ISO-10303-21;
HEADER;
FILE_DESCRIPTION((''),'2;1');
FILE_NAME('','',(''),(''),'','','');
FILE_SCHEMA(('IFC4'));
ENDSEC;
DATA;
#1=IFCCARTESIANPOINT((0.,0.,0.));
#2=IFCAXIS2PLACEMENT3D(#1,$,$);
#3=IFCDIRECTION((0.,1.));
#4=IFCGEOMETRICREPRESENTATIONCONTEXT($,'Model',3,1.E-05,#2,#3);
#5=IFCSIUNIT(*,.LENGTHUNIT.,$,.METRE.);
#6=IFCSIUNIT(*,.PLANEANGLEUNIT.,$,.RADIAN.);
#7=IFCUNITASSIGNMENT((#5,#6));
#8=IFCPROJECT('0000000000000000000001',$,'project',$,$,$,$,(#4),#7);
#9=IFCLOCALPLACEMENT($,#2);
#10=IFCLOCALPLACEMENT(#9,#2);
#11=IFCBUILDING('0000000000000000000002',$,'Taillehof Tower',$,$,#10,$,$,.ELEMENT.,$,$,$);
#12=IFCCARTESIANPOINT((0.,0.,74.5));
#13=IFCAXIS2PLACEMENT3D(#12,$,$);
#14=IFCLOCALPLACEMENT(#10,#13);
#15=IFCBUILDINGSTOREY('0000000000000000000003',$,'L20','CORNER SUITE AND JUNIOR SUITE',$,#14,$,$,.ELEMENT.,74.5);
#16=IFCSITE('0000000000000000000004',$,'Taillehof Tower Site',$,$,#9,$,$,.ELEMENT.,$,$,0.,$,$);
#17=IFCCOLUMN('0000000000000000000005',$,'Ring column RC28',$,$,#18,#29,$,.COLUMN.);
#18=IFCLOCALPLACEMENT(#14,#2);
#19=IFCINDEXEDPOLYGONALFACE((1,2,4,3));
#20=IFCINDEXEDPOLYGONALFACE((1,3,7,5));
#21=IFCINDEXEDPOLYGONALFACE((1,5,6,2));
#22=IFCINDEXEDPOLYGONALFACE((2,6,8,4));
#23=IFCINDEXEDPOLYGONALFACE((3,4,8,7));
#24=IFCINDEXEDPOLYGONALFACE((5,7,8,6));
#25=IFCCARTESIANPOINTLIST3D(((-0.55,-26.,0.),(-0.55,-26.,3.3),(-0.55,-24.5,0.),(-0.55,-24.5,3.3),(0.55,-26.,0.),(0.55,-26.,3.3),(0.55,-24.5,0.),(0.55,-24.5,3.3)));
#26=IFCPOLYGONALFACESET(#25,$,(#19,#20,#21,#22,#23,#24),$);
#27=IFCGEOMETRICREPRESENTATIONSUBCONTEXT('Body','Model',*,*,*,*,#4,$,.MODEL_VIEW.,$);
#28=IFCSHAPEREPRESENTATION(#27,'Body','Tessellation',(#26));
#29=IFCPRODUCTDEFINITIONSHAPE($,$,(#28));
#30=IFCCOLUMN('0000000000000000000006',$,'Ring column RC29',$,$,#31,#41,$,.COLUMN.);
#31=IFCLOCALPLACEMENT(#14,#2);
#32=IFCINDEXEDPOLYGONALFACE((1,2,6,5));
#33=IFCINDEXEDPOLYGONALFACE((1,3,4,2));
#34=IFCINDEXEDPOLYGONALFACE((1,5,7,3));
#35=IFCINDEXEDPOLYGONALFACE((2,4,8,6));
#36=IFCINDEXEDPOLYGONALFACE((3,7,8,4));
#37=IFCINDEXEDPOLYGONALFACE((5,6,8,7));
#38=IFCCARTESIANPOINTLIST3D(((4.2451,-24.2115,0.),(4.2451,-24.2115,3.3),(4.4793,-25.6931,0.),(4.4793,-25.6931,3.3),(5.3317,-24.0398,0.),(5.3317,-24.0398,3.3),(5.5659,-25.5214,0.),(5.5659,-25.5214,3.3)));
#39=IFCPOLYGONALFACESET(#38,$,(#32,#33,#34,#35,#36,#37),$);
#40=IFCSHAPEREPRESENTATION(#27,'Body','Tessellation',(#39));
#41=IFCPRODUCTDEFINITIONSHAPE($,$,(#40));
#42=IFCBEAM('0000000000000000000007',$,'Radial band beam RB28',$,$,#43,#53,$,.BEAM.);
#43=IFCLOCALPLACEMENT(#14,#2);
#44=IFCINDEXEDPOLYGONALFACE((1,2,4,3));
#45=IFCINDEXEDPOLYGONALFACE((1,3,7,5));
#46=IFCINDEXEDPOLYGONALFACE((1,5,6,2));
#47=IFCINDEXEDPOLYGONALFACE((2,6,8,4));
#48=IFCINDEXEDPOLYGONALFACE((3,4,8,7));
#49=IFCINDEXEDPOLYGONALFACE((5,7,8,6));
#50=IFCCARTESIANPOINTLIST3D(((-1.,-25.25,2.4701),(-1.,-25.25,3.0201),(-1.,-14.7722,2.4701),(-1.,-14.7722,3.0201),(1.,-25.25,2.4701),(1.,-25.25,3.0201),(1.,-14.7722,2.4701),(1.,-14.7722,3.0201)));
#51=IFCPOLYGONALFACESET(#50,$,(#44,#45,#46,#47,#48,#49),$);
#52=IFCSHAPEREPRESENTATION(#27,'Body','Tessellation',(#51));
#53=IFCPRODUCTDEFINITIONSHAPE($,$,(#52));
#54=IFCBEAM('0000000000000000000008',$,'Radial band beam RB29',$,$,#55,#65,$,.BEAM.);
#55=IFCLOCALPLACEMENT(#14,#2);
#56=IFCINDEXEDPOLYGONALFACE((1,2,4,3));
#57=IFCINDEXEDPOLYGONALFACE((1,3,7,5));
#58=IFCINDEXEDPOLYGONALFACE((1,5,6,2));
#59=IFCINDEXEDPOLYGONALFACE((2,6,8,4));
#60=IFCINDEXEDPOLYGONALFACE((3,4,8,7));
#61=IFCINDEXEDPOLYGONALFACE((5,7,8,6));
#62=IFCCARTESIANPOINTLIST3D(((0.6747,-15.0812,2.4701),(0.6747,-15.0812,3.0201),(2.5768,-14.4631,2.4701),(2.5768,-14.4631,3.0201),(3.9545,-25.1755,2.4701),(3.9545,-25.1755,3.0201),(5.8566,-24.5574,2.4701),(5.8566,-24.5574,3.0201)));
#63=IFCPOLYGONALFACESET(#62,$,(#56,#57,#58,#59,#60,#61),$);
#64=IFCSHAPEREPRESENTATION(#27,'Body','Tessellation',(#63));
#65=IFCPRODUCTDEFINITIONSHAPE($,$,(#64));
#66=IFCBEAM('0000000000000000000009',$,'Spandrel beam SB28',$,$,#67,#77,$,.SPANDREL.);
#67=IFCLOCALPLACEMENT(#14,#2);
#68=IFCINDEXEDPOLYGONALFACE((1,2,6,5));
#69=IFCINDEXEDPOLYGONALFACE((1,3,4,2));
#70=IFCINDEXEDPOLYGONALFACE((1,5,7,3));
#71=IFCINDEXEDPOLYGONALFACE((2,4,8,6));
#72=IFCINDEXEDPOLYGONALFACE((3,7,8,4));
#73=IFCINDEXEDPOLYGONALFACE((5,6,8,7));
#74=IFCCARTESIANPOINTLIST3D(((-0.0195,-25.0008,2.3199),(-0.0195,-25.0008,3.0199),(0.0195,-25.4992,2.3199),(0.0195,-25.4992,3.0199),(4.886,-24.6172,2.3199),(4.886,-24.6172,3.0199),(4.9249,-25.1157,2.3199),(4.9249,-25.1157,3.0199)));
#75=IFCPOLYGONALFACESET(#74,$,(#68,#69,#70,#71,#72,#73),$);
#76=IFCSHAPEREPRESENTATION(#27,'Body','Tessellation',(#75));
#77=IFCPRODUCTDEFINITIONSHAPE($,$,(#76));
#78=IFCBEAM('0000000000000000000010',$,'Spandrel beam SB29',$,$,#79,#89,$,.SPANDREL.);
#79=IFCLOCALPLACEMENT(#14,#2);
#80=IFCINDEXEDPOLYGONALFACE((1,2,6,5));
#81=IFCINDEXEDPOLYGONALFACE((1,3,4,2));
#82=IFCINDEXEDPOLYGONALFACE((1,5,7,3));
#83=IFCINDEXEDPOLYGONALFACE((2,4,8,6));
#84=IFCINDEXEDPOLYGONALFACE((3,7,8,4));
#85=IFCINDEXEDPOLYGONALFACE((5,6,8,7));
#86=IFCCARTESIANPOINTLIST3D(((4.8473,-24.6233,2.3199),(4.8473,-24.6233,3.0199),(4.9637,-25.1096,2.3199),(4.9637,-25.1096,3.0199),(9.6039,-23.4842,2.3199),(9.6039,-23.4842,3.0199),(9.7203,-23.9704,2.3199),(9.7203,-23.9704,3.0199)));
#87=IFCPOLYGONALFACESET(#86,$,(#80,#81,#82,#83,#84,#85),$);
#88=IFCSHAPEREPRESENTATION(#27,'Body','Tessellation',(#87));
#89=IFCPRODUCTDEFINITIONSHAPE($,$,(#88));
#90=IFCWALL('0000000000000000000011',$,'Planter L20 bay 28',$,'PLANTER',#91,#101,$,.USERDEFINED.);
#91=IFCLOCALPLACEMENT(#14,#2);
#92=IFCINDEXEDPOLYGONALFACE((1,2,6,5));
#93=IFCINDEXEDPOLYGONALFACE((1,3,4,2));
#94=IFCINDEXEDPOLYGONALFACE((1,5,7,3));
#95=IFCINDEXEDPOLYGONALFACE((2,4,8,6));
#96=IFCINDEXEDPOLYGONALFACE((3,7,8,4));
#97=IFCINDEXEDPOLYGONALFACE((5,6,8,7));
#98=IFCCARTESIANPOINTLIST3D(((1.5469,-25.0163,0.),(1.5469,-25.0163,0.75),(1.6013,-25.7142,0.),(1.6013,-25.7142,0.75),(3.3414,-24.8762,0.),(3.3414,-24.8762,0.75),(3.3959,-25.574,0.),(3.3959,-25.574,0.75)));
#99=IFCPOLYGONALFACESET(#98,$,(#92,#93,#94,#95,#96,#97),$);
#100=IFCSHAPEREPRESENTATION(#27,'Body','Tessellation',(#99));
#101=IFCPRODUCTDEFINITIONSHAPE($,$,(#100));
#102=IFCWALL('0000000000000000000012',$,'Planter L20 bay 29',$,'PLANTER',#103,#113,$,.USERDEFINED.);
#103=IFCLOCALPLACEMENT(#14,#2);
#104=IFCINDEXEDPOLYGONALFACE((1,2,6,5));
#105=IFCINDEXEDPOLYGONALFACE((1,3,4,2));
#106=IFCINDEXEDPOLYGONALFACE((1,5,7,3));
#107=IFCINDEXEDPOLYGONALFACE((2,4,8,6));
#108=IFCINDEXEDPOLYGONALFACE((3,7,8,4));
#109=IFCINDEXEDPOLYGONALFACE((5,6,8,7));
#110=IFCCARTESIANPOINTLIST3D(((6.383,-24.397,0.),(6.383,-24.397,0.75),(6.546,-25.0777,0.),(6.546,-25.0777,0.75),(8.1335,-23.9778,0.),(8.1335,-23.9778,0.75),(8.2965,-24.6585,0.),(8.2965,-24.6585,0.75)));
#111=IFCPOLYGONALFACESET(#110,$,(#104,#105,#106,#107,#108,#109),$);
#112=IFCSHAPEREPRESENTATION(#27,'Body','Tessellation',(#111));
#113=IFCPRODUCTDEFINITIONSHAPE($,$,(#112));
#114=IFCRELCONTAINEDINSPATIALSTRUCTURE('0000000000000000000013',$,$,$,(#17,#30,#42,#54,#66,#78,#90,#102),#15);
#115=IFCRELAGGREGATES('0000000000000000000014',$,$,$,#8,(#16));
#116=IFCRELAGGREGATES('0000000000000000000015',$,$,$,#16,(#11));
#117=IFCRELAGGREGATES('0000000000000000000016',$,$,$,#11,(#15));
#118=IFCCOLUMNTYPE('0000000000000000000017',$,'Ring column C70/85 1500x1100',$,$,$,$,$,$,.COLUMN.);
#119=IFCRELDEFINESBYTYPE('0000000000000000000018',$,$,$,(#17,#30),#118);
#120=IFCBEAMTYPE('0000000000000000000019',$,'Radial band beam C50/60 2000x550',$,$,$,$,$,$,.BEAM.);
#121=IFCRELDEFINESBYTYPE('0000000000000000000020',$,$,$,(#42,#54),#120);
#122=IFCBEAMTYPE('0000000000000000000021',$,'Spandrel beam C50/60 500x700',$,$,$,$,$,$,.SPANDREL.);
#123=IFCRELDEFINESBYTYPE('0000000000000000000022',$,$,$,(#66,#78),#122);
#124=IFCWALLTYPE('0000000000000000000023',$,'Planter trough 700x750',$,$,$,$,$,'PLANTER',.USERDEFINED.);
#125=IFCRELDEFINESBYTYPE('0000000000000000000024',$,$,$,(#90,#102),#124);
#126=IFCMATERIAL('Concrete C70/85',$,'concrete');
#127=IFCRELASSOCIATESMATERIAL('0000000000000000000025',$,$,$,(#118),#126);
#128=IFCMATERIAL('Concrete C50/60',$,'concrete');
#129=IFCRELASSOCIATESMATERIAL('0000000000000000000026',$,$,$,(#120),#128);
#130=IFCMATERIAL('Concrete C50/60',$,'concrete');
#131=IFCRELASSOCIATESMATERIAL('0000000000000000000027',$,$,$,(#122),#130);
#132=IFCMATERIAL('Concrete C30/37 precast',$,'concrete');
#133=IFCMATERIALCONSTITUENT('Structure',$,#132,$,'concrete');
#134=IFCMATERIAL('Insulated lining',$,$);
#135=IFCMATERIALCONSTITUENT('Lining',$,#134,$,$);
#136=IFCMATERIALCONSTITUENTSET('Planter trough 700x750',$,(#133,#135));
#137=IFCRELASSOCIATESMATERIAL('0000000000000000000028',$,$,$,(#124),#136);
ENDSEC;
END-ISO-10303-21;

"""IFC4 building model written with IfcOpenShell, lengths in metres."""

from ifc_helpers import new_model, si_unit, direction, frame, frame_2d, origin, origin_2d, place, context, subcontext, project, spatial, rectangle, extrude, material, constituent, constituent_set, material_profile, profile_set, type_object, element, save


model = new_model("IFC4")

# Units and contexts
model_context = context("Model", 3, precision=1e-05, world=origin(), true_north=direction((0.0, 1.0)))
body_context = subcontext(model_context, "Body", "Model", "MODEL_VIEW")
ifc_project = project(units=[si_unit("LENGTHUNIT", "METRE"), si_unit("PLANEANGLEUNIT", "RADIAN")], contexts=[model_context])

# Site, building, storey
site_placement = place(None, origin())
site = spatial("IfcSite", under=ifc_project, at=site_placement, Name="Taillehof Tower Site", CompositionType="ELEMENT", RefElevation=0.0)
building_placement = place(site_placement, origin())
building = spatial("IfcBuilding", under=site, at=building_placement, Name="Taillehof Tower", CompositionType="ELEMENT")
storey_placement = place(building_placement, frame((0.0, 0.0, 74.5)))
storey = spatial("IfcBuildingStorey", under=building, at=storey_placement, Name="L20", Description="CORNER SUITE AND JUNIOR SUITE", CompositionType="ELEMENT", Elevation=74.5)

# Columns
ifc_material_1 = material(Name="Concrete C70/85", Category="concrete")
ifc_material_profile_1 = material_profile(ifc_material_1, rectangle(XDim=1.5, YDim=1.1001, at=origin_2d()), Name="RC 1500x1100")
ifc_profile_set_1 = profile_set([ifc_material_profile_1], Name="Concrete C70/85")
column_type = type_object("IfcColumnType", Name="Ring column C70/85 1500x1100", PredefinedType="COLUMN", material=ifc_profile_set_1)
for number, where, z_axis, x_axis, name in (
    (1, (0.0, -25.25, 0.0), (0.0, 0.0, 1.0), (0.0, -1.0, 0.0), "Ring column RC28"),
    (2, (4.9055, -24.8665, 0.0), (0.0, 0.0, 1.0), (0.156147, -0.987734, 0.0), "Ring column RC29"),
):
    element("IfcColumn", number, at=place(storey_placement, frame(where, z_axis=z_axis, x_axis=x_axis)), inside=storey, type_object=column_type, Name=name, PredefinedType="COLUMN", context=body_context, shape_type="SweptSolid", body=[
        extrude(rectangle(XDim=1.5, YDim=1.1001, at=origin_2d()), origin(), (0.0, 0.0, 1.0), 3.3),
    ])

# Beams
ifc_material_2 = material(Name="Concrete C50/60", Category="concrete")
ifc_material_profile_2 = material_profile(ifc_material_2, rectangle(XDim=2.0, YDim=0.55, at=origin_2d()), Name="RC 2000x550")
ifc_profile_set_2 = profile_set([ifc_material_profile_2], Name="Concrete C50/60")
beam_type_1 = type_object("IfcBeamType", Name="Radial band beam C50/60 2000x550", PredefinedType="BEAM", material=ifc_profile_set_2)
beam_1_placement = place(storey_placement, frame((0.0, -25.25, 2.7451), z_axis=(0.0, 1.0, 0.0), x_axis=(-1.0, 0.0, 0.0)))
element("IfcBeam", 3, at=beam_1_placement, inside=storey, type_object=beam_type_1, Name="Radial band beam RB28", PredefinedType="BEAM", context=body_context, shape_type="SweptSolid", body=[
    extrude(rectangle(XDim=2.0, YDim=0.55, at=origin_2d()), origin(), (0.0, 0.0, 1.0), 10.4778),
])
beam_2_placement = place(storey_placement, frame((4.9055, -24.8665, 2.7451), z_axis=(-0.309014, 0.951057, 0.0), x_axis=(-0.951057, -0.309014, 0.0)))
element("IfcBeam", 4, at=beam_2_placement, inside=storey, type_object=beam_type_1, Name="Radial band beam RB29", PredefinedType="BEAM", context=body_context, shape_type="SweptSolid", body=[
    extrude(rectangle(XDim=2.0, YDim=0.55, at=origin_2d()), origin(), (0.0, 0.0, 1.0), 10.6138),
])
ifc_material_3 = material(Name="Concrete C50/60", Category="concrete")
ifc_material_profile_3 = material_profile(ifc_material_3, rectangle(XDim=0.5, YDim=0.7, at=origin_2d()), Name="RC 500x700")
ifc_profile_set_3 = profile_set([ifc_material_profile_3], Name="Concrete C50/60")
beam_type_2 = type_object("IfcBeamType", Name="Spandrel beam C50/60 500x700", PredefinedType="SPANDREL", material=ifc_profile_set_3)
beam_3_placement = place(storey_placement, frame((0.0, -25.25, 2.6699), z_axis=(0.996957, 0.077949, 0.0), x_axis=(-0.077949, 0.996957, 0.0)))
element("IfcBeam", 5, at=beam_3_placement, inside=storey, type_object=beam_type_2, Name="Spandrel beam SB28", PredefinedType="SPANDREL", context=body_context, shape_type="SweptSolid", body=[
    extrude(rectangle(XDim=0.5, YDim=0.7, at=origin_2d()), origin(), (0.0, 0.0, 1.0), 4.9204),
])
beam_4_placement = place(storey_placement, frame((4.9055, -24.8665, 2.6699), z_axis=(0.9725, 0.232905, 0.0), x_axis=(-0.232905, 0.9725, 0.0)))
element("IfcBeam", 6, at=beam_4_placement, inside=storey, type_object=beam_type_2, Name="Spandrel beam SB29", PredefinedType="SPANDREL", context=body_context, shape_type="SweptSolid", body=[
    extrude(rectangle(XDim=0.5, YDim=0.7, at=origin_2d()), origin(), (0.0, 0.0, 1.0), 4.8911),
])

# Walls
ifc_material_4 = material(Name="Concrete C30/37 precast", Category="concrete")
ifc_constituent_1 = constituent(ifc_material_4, Name="Structure", Category="concrete")
ifc_material_5 = material(Name="Insulated lining")
ifc_constituent_2 = constituent(ifc_material_5, Name="Lining")
ifc_constituent_set = constituent_set(constituents=[ifc_constituent_1, ifc_constituent_2], Name="Planter trough 700x750")
wall_type_1 = type_object("IfcWallType", Name="Planter trough 700x750", ElementType="PLANTER", PredefinedType="USERDEFINED", material=ifc_constituent_set)
for number, where, z_axis, x_axis, name in (
    (7, (1.5742, -25.3652, 0.0), (0.0, 0.0, 1.0), (0.996965, 0.077848, 0.0), "Planter L20 bay 28"),
    (8, (6.4646, -24.7373, 0.0), (0.0, 0.0, 1.0), (0.972504, 0.232886, 0.0), "Planter L20 bay 29"),
):
    element("IfcWall", number, at=place(storey_placement, frame(where, z_axis=z_axis, x_axis=x_axis)), inside=storey, type_object=wall_type_1, Name=name, ObjectType="PLANTER", PredefinedType="USERDEFINED", context=body_context, shape_type="SweptSolid", body=[
        extrude(rectangle(XDim=1.8, YDim=0.7, at=frame_2d((0.8999, 0.0))), origin(), (0.0, 0.0, 1.0), 0.75),
    ])

save(model, "model.ifc")
